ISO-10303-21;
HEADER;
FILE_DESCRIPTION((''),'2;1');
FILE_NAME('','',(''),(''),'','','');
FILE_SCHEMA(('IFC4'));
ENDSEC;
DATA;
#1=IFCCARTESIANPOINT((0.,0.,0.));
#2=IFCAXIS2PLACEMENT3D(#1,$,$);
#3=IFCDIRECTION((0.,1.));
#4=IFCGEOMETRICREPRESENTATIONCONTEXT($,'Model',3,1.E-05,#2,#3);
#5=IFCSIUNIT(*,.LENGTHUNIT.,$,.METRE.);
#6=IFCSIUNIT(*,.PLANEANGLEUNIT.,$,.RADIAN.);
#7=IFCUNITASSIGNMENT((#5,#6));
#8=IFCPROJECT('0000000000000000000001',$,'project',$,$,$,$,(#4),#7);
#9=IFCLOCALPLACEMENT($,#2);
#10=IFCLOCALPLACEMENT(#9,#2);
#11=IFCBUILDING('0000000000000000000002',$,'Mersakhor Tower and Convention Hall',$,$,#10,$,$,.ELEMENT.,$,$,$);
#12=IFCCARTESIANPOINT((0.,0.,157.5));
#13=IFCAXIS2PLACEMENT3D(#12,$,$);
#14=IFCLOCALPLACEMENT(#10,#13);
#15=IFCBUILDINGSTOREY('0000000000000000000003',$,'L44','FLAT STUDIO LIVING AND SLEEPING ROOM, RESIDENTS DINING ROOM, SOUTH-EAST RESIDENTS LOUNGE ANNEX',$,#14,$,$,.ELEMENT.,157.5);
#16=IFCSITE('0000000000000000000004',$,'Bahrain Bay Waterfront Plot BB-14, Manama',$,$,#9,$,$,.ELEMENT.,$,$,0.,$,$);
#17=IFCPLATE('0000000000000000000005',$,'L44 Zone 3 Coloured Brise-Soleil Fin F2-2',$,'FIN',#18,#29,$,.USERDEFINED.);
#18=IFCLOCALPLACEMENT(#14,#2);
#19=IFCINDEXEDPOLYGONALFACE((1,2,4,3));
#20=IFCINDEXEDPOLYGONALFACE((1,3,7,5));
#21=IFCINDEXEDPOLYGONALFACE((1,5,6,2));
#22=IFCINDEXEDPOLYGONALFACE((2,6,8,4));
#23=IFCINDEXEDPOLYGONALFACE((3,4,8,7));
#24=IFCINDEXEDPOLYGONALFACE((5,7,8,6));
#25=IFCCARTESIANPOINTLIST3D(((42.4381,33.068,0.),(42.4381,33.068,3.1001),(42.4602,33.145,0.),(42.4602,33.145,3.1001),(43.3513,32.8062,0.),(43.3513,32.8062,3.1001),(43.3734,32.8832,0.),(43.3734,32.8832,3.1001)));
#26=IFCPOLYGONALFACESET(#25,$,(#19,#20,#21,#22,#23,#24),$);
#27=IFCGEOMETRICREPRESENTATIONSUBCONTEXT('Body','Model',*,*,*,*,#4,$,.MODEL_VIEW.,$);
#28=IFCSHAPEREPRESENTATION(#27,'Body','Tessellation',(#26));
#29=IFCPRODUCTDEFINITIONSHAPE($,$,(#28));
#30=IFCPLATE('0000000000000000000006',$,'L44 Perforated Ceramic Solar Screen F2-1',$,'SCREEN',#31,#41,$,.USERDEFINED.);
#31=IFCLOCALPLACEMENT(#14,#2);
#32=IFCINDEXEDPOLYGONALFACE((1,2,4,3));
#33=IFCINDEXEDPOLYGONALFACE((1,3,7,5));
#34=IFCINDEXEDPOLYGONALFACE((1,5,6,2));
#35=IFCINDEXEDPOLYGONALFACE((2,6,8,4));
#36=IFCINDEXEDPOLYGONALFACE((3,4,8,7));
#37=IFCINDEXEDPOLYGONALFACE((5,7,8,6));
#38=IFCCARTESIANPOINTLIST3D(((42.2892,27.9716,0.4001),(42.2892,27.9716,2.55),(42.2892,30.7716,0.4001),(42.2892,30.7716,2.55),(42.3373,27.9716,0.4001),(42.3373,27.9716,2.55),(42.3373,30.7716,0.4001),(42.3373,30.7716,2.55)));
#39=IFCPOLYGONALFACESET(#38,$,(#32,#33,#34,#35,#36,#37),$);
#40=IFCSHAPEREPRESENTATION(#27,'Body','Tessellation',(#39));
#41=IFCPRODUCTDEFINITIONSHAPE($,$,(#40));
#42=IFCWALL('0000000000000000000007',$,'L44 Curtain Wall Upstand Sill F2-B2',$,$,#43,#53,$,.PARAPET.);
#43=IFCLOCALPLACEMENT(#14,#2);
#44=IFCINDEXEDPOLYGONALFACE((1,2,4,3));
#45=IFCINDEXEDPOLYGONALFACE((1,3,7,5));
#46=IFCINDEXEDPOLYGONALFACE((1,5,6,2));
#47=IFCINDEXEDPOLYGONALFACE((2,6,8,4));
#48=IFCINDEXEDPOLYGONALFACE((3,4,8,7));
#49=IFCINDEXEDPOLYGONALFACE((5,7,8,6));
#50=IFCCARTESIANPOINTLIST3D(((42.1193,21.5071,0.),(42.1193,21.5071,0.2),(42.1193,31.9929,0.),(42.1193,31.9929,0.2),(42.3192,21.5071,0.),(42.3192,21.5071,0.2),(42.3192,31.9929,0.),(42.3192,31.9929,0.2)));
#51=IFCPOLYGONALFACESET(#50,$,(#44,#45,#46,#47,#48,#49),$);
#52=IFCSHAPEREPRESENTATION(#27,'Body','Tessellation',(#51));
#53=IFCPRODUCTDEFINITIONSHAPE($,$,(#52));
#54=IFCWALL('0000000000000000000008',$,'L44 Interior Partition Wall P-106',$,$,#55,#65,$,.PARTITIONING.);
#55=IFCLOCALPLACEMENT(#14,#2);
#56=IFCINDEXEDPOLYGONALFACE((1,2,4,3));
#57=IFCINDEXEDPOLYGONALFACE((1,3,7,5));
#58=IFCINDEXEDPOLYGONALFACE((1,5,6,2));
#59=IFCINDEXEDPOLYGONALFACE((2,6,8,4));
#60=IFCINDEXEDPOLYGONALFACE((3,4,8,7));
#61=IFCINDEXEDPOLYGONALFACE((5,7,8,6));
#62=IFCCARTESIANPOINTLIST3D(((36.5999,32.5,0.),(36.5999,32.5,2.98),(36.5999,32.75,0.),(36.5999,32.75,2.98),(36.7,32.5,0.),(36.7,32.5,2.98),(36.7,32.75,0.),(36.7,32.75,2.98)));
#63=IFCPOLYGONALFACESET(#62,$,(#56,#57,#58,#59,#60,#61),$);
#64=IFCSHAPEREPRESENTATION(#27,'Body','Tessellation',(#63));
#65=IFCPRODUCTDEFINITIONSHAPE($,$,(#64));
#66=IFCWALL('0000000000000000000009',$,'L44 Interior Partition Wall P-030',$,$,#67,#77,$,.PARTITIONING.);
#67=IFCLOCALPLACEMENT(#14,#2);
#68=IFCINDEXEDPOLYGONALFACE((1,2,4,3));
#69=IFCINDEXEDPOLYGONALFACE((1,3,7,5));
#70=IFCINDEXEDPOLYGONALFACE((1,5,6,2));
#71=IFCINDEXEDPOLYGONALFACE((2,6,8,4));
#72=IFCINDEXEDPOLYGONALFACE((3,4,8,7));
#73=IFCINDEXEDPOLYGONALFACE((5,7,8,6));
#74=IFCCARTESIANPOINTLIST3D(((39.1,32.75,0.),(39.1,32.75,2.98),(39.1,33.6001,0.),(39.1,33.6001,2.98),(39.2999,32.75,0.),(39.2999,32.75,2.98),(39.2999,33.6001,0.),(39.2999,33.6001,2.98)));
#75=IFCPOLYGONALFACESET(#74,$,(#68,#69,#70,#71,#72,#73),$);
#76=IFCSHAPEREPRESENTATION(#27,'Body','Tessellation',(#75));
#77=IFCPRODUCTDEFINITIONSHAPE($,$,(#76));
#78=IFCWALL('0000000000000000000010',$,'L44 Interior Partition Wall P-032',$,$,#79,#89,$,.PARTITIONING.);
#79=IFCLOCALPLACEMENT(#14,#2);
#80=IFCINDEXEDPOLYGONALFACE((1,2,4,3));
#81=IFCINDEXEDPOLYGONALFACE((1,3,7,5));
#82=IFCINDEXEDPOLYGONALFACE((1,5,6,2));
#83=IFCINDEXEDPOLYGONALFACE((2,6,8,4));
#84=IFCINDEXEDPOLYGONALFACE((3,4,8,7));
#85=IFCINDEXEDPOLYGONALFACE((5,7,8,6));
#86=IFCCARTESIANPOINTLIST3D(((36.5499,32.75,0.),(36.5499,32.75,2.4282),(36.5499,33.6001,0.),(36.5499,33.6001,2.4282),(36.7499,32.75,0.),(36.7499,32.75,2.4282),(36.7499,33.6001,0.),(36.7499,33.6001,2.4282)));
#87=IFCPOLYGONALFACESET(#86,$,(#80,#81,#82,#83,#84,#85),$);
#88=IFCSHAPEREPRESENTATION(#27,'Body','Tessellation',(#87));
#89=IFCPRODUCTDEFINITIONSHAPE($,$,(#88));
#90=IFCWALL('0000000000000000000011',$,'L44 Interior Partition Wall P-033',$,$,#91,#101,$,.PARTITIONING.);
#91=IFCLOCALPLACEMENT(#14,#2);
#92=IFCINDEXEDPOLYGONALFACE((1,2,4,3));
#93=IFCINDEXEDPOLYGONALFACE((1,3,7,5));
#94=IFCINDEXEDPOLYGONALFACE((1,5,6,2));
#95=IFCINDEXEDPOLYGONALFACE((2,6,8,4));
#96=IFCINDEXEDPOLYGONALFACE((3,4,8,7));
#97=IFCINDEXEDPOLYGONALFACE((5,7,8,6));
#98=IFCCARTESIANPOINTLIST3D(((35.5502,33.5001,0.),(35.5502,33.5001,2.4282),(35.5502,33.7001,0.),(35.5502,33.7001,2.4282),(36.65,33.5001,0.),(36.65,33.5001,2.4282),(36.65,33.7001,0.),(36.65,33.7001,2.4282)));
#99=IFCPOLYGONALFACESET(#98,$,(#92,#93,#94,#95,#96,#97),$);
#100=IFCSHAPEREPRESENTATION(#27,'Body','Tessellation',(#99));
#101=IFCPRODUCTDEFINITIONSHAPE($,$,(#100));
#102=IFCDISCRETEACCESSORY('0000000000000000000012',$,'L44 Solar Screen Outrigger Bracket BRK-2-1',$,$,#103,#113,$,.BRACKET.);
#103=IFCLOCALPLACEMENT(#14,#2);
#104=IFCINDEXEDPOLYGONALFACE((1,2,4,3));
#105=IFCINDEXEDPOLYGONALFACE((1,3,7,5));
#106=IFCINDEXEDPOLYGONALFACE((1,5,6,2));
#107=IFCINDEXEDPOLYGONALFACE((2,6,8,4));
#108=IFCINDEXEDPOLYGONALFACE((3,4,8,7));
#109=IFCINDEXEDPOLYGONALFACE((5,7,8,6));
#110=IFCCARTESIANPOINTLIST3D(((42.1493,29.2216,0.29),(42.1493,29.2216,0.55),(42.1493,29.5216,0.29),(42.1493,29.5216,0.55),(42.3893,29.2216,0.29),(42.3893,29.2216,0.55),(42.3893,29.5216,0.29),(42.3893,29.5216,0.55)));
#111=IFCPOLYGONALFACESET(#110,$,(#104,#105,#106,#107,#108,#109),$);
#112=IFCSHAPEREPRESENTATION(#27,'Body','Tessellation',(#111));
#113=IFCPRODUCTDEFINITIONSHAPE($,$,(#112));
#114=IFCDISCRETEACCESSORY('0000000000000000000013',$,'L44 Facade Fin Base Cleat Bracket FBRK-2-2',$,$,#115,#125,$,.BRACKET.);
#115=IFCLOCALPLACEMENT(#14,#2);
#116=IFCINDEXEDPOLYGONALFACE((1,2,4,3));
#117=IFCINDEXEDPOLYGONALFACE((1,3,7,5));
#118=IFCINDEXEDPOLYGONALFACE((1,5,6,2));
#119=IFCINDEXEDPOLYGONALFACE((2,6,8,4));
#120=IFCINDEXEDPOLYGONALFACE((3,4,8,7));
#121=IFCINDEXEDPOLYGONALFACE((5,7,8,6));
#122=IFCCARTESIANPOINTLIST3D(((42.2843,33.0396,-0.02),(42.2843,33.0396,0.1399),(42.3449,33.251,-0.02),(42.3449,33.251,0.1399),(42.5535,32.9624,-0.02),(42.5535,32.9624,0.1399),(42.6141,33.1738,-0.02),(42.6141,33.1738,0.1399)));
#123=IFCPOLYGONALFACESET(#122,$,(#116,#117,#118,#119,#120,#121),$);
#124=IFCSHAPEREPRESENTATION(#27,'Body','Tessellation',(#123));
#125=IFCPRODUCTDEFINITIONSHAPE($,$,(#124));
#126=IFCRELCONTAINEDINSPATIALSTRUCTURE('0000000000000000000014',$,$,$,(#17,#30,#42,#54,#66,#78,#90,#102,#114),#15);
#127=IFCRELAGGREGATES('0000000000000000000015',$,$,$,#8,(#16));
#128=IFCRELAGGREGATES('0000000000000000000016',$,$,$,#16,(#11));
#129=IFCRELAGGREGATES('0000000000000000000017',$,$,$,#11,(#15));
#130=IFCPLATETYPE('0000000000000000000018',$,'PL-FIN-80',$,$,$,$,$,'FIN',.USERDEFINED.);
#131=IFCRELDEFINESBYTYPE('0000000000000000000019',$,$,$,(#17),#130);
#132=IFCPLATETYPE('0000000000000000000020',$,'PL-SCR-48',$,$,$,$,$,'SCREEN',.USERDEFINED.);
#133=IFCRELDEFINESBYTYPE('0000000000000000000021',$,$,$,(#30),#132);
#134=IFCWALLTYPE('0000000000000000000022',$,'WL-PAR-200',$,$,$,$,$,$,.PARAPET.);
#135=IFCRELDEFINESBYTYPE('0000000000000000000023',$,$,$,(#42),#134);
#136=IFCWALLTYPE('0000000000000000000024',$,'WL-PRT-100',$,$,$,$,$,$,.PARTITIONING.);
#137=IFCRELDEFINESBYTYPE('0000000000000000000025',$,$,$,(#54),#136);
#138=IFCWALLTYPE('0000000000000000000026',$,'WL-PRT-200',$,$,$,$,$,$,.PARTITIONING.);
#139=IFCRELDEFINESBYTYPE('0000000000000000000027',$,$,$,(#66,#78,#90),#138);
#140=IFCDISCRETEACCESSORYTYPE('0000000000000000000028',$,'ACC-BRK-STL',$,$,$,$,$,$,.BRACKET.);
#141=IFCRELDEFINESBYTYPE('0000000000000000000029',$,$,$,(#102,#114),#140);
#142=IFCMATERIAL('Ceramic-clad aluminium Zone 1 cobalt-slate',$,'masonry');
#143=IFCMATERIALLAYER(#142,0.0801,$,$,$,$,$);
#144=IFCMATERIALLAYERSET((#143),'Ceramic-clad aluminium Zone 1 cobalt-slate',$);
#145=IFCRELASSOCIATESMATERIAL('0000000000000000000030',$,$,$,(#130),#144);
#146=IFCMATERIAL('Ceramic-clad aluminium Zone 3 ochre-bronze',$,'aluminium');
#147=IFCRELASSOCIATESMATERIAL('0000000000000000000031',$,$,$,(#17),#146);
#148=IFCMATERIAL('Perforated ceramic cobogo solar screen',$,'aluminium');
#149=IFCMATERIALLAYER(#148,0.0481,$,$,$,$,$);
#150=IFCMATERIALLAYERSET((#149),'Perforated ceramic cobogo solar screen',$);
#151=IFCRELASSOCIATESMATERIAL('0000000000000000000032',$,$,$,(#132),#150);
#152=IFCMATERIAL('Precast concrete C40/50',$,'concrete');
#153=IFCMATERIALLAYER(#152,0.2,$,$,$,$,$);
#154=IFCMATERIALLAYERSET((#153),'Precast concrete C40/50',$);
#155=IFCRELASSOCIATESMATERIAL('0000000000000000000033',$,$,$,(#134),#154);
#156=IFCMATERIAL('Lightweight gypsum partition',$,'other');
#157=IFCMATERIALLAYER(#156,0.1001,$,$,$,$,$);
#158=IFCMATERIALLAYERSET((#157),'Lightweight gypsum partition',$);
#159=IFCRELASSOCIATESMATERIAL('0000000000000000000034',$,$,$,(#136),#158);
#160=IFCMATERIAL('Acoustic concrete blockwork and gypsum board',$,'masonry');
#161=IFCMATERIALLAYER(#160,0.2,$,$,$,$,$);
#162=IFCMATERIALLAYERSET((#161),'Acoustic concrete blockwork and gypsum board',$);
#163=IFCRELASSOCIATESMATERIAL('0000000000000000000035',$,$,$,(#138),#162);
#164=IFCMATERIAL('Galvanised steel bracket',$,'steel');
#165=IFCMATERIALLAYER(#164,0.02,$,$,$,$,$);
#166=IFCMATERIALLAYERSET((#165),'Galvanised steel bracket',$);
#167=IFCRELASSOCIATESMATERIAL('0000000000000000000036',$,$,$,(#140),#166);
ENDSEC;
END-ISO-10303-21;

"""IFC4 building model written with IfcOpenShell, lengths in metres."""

from ifc_helpers import new_model, si_unit, direction, frame, frame_2d, origin, origin_2d, place, context, subcontext, project, spatial, rectangle, extrude, material, layer, layer_set, type_object, element, save


model = new_model("IFC4")

# Units and contexts
model_context = context("Model", 3, precision=1e-05, world=origin(), true_north=direction((0.0, 1.0)))
body_context = subcontext(model_context, "Body", "Model", "MODEL_VIEW")
ifc_project = project(units=[si_unit("LENGTHUNIT", "METRE"), si_unit("PLANEANGLEUNIT", "RADIAN")], contexts=[model_context])

# Site, building, storey
site_placement = place(None, origin())
site = spatial("IfcSite", under=ifc_project, at=site_placement, Name="Bahrain Bay Waterfront Plot BB-14, Manama", CompositionType="ELEMENT", RefElevation=0.0)
building_placement = place(site_placement, origin())
building = spatial("IfcBuilding", under=site, at=building_placement, Name="Mersakhor Tower and Convention Hall", CompositionType="ELEMENT")
storey_placement = place(building_placement, frame((0.0, 0.0, 157.5)))
storey = spatial("IfcBuildingStorey", under=building, at=storey_placement, Name="L44", Description="FLAT STUDIO LIVING AND SLEEPING ROOM, RESIDENTS DINING ROOM, SOUTH-EAST RESIDENTS LOUNGE ANNEX", CompositionType="ELEMENT", Elevation=157.5)

# Plates
ifc_material_1 = material(Name="Ceramic-clad aluminium Zone 3 ochre-bronze", Category="aluminium")
ifc_material_2 = material(Name="Ceramic-clad aluminium Zone 1 cobalt-slate", Category="masonry")
ifc_layer_1 = layer(ifc_material_2, 0.0801)
ifc_layer_set_1 = layer_set([ifc_layer_1], Name="Ceramic-clad aluminium Zone 1 cobalt-slate")
plate_type_1 = type_object("IfcPlateType", Name="PL-FIN-80", ElementType="FIN", PredefinedType="USERDEFINED", material=ifc_layer_set_1)
plate_1_placement = place(storey_placement, frame((42.9058, 32.9756, 0.0), z_axis=(0.0, 0.0, 1.0), x_axis=(0.961262, -0.275637, 0.0)))
element("IfcPlate", 1, at=plate_1_placement, inside=storey, type_object=plate_type_1, material=ifc_material_1, Name="L44 Zone 3 Coloured Brise-Soleil Fin F2-2", ObjectType="FIN", PredefinedType="USERDEFINED", context=body_context, shape_type="SweptSolid", body=[
    extrude(rectangle(XDim=0.95, YDim=0.0801, at=origin_2d()), origin(), (0.0, 0.0, 1.0), 3.1001),
])
ifc_material_3 = material(Name="Perforated ceramic cobogo solar screen", Category="aluminium")
ifc_layer_2 = layer(ifc_material_3, 0.0481)
ifc_layer_set_2 = layer_set([ifc_layer_2], Name="Perforated ceramic cobogo solar screen")
plate_type_2 = type_object("IfcPlateType", Name="PL-SCR-48", ElementType="SCREEN", PredefinedType="USERDEFINED", material=ifc_layer_set_2)
plate_2_placement = place(storey_placement, frame((42.3132, 29.3716, 0.4001), z_axis=(0.0, 0.0, 1.0), x_axis=(0.0, -1.0, 0.0)))
element("IfcPlate", 2, at=plate_2_placement, inside=storey, type_object=plate_type_2, Name="L44 Perforated Ceramic Solar Screen F2-1", ObjectType="SCREEN", PredefinedType="USERDEFINED", context=body_context, shape_type="SweptSolid", body=[
    extrude(rectangle(XDim=2.8, YDim=0.0481, at=origin_2d()), origin(), (0.0, 0.0, 1.0), 2.1499),
])

# Walls
ifc_material_4 = material(Name="Precast concrete C40/50", Category="concrete")
ifc_layer_3 = layer(ifc_material_4, 0.2)
ifc_layer_set_3 = layer_set([ifc_layer_3], Name="Precast concrete C40/50")
wall_type_1 = type_object("IfcWallType", Name="WL-PAR-200", PredefinedType="PARAPET", material=ifc_layer_set_3)
wall_1_placement = place(storey_placement, frame((42.2192, 31.9929, 0.0), z_axis=(0.0, 0.0, 1.0), x_axis=(0.0, -1.0, 0.0)))
element("IfcWall", 3, at=wall_1_placement, inside=storey, type_object=wall_type_1, Name="L44 Curtain Wall Upstand Sill F2-B2", PredefinedType="PARAPET", context=body_context, shape_type="SweptSolid", body=[
    extrude(rectangle(XDim=10.4858, YDim=0.2, at=frame_2d((5.2429, 0.0))), origin(), (0.0, 0.0, 1.0), 0.2),
])
ifc_material_5 = material(Name="Lightweight gypsum partition", Category="other")
ifc_layer_4 = layer(ifc_material_5, 0.1001)
ifc_layer_set_4 = layer_set([ifc_layer_4], Name="Lightweight gypsum partition")
wall_type_2 = type_object("IfcWallType", Name="WL-PRT-100", PredefinedType="PARTITIONING", material=ifc_layer_set_4)
wall_2_placement = place(storey_placement, frame((36.6499, 32.5, 0.0), z_axis=(0.0, 0.0, 1.0), x_axis=(0.0, 1.0, 0.0)))
element("IfcWall", 4, at=wall_2_placement, inside=storey, type_object=wall_type_2, Name="L44 Interior Partition Wall P-106", PredefinedType="PARTITIONING", context=body_context, shape_type="SweptSolid", body=[
    extrude(rectangle(XDim=0.25, YDim=0.1001, at=frame_2d((0.125, 0.0))), origin(), (0.0, 0.0, 1.0), 2.98),
])
ifc_material_6 = material(Name="Acoustic concrete blockwork and gypsum board", Category="masonry")
ifc_layer_5 = layer(ifc_material_6, 0.2)
ifc_layer_set_5 = layer_set([ifc_layer_5], Name="Acoustic concrete blockwork and gypsum board")
wall_type_3 = type_object("IfcWallType", Name="WL-PRT-200", PredefinedType="PARTITIONING", material=ifc_layer_set_5)
wall_3_placement = place(storey_placement, frame((39.2, 33.6001, 0.0), z_axis=(0.0, 0.0, 1.0), x_axis=(0.0, -1.0, 0.0)))
element("IfcWall", 5, at=wall_3_placement, inside=storey, type_object=wall_type_3, Name="L44 Interior Partition Wall P-030", PredefinedType="PARTITIONING", context=body_context, shape_type="SweptSolid", body=[
    extrude(rectangle(XDim=0.8501, YDim=0.2, at=frame_2d((0.425, 0.0))), origin(), (0.0, 0.0, 1.0), 2.98),
])

# Walls
wall_4_placement = place(storey_placement, frame((36.6499, 32.75, 0.0), z_axis=(0.0, 0.0, 1.0), x_axis=(0.0, 1.0, 0.0)))
element("IfcWall", 6, at=wall_4_placement, inside=storey, type_object=wall_type_3, Name="L44 Interior Partition Wall P-032", PredefinedType="PARTITIONING", context=body_context, shape_type="SweptSolid", body=[
    extrude(rectangle(XDim=0.8501, YDim=0.2, at=frame_2d((0.425, 0.0))), origin(), (0.0, 0.0, 1.0), 2.4282),
])
wall_5_placement = place(storey_placement, frame((36.6499, 33.6001, 0.0), z_axis=(0.0, 0.0, 1.0), x_axis=(-1.0, 0.0, 0.0)))
element("IfcWall", 7, at=wall_5_placement, inside=storey, type_object=wall_type_3, Name="L44 Interior Partition Wall P-033", PredefinedType="PARTITIONING", context=body_context, shape_type="SweptSolid", body=[
    extrude(rectangle(XDim=1.0999, YDim=0.2, at=frame_2d((0.5498, 0.0))), origin(), (0.0, 0.0, 1.0), 2.4282),
])

# Discrete accessories
ifc_material_7 = material(Name="Galvanised steel bracket", Category="steel")
ifc_layer_6 = layer(ifc_material_7, 0.02)
ifc_layer_set_6 = layer_set([ifc_layer_6], Name="Galvanised steel bracket")
discrete_accessory_type = type_object("IfcDiscreteAccessoryType", Name="ACC-BRK-STL", PredefinedType="BRACKET", material=ifc_layer_set_6)
discrete_accessory_1_placement = place(storey_placement, frame((42.2693, 29.3716, 0.29), z_axis=(0.0, 0.0, 1.0), x_axis=(0.0, -1.0, 0.0)))
element("IfcDiscreteAccessory", 8, at=discrete_accessory_1_placement, inside=storey, type_object=discrete_accessory_type, Name="L44 Solar Screen Outrigger Bracket BRK-2-1", PredefinedType="BRACKET", context=body_context, shape_type="SweptSolid", body=[
    extrude(rectangle(XDim=0.3, YDim=0.24, at=origin_2d()), origin(), (0.0, 0.0, 1.0), 0.26),
])
discrete_accessory_2_placement = place(storey_placement, frame((42.4492, 33.1067, -0.02), z_axis=(0.0, 0.0, 1.0), x_axis=(0.961262, -0.275637, 0.0)))
element("IfcDiscreteAccessory", 9, at=discrete_accessory_2_placement, inside=storey, type_object=discrete_accessory_type, Name="L44 Facade Fin Base Cleat Bracket FBRK-2-2", PredefinedType="BRACKET", context=body_context, shape_type="SweptSolid", body=[
    extrude(rectangle(XDim=0.28, YDim=0.22, at=origin_2d()), origin(), (0.0, 0.0, 1.0), 0.1599),
])

save(model, "model.ifc")
